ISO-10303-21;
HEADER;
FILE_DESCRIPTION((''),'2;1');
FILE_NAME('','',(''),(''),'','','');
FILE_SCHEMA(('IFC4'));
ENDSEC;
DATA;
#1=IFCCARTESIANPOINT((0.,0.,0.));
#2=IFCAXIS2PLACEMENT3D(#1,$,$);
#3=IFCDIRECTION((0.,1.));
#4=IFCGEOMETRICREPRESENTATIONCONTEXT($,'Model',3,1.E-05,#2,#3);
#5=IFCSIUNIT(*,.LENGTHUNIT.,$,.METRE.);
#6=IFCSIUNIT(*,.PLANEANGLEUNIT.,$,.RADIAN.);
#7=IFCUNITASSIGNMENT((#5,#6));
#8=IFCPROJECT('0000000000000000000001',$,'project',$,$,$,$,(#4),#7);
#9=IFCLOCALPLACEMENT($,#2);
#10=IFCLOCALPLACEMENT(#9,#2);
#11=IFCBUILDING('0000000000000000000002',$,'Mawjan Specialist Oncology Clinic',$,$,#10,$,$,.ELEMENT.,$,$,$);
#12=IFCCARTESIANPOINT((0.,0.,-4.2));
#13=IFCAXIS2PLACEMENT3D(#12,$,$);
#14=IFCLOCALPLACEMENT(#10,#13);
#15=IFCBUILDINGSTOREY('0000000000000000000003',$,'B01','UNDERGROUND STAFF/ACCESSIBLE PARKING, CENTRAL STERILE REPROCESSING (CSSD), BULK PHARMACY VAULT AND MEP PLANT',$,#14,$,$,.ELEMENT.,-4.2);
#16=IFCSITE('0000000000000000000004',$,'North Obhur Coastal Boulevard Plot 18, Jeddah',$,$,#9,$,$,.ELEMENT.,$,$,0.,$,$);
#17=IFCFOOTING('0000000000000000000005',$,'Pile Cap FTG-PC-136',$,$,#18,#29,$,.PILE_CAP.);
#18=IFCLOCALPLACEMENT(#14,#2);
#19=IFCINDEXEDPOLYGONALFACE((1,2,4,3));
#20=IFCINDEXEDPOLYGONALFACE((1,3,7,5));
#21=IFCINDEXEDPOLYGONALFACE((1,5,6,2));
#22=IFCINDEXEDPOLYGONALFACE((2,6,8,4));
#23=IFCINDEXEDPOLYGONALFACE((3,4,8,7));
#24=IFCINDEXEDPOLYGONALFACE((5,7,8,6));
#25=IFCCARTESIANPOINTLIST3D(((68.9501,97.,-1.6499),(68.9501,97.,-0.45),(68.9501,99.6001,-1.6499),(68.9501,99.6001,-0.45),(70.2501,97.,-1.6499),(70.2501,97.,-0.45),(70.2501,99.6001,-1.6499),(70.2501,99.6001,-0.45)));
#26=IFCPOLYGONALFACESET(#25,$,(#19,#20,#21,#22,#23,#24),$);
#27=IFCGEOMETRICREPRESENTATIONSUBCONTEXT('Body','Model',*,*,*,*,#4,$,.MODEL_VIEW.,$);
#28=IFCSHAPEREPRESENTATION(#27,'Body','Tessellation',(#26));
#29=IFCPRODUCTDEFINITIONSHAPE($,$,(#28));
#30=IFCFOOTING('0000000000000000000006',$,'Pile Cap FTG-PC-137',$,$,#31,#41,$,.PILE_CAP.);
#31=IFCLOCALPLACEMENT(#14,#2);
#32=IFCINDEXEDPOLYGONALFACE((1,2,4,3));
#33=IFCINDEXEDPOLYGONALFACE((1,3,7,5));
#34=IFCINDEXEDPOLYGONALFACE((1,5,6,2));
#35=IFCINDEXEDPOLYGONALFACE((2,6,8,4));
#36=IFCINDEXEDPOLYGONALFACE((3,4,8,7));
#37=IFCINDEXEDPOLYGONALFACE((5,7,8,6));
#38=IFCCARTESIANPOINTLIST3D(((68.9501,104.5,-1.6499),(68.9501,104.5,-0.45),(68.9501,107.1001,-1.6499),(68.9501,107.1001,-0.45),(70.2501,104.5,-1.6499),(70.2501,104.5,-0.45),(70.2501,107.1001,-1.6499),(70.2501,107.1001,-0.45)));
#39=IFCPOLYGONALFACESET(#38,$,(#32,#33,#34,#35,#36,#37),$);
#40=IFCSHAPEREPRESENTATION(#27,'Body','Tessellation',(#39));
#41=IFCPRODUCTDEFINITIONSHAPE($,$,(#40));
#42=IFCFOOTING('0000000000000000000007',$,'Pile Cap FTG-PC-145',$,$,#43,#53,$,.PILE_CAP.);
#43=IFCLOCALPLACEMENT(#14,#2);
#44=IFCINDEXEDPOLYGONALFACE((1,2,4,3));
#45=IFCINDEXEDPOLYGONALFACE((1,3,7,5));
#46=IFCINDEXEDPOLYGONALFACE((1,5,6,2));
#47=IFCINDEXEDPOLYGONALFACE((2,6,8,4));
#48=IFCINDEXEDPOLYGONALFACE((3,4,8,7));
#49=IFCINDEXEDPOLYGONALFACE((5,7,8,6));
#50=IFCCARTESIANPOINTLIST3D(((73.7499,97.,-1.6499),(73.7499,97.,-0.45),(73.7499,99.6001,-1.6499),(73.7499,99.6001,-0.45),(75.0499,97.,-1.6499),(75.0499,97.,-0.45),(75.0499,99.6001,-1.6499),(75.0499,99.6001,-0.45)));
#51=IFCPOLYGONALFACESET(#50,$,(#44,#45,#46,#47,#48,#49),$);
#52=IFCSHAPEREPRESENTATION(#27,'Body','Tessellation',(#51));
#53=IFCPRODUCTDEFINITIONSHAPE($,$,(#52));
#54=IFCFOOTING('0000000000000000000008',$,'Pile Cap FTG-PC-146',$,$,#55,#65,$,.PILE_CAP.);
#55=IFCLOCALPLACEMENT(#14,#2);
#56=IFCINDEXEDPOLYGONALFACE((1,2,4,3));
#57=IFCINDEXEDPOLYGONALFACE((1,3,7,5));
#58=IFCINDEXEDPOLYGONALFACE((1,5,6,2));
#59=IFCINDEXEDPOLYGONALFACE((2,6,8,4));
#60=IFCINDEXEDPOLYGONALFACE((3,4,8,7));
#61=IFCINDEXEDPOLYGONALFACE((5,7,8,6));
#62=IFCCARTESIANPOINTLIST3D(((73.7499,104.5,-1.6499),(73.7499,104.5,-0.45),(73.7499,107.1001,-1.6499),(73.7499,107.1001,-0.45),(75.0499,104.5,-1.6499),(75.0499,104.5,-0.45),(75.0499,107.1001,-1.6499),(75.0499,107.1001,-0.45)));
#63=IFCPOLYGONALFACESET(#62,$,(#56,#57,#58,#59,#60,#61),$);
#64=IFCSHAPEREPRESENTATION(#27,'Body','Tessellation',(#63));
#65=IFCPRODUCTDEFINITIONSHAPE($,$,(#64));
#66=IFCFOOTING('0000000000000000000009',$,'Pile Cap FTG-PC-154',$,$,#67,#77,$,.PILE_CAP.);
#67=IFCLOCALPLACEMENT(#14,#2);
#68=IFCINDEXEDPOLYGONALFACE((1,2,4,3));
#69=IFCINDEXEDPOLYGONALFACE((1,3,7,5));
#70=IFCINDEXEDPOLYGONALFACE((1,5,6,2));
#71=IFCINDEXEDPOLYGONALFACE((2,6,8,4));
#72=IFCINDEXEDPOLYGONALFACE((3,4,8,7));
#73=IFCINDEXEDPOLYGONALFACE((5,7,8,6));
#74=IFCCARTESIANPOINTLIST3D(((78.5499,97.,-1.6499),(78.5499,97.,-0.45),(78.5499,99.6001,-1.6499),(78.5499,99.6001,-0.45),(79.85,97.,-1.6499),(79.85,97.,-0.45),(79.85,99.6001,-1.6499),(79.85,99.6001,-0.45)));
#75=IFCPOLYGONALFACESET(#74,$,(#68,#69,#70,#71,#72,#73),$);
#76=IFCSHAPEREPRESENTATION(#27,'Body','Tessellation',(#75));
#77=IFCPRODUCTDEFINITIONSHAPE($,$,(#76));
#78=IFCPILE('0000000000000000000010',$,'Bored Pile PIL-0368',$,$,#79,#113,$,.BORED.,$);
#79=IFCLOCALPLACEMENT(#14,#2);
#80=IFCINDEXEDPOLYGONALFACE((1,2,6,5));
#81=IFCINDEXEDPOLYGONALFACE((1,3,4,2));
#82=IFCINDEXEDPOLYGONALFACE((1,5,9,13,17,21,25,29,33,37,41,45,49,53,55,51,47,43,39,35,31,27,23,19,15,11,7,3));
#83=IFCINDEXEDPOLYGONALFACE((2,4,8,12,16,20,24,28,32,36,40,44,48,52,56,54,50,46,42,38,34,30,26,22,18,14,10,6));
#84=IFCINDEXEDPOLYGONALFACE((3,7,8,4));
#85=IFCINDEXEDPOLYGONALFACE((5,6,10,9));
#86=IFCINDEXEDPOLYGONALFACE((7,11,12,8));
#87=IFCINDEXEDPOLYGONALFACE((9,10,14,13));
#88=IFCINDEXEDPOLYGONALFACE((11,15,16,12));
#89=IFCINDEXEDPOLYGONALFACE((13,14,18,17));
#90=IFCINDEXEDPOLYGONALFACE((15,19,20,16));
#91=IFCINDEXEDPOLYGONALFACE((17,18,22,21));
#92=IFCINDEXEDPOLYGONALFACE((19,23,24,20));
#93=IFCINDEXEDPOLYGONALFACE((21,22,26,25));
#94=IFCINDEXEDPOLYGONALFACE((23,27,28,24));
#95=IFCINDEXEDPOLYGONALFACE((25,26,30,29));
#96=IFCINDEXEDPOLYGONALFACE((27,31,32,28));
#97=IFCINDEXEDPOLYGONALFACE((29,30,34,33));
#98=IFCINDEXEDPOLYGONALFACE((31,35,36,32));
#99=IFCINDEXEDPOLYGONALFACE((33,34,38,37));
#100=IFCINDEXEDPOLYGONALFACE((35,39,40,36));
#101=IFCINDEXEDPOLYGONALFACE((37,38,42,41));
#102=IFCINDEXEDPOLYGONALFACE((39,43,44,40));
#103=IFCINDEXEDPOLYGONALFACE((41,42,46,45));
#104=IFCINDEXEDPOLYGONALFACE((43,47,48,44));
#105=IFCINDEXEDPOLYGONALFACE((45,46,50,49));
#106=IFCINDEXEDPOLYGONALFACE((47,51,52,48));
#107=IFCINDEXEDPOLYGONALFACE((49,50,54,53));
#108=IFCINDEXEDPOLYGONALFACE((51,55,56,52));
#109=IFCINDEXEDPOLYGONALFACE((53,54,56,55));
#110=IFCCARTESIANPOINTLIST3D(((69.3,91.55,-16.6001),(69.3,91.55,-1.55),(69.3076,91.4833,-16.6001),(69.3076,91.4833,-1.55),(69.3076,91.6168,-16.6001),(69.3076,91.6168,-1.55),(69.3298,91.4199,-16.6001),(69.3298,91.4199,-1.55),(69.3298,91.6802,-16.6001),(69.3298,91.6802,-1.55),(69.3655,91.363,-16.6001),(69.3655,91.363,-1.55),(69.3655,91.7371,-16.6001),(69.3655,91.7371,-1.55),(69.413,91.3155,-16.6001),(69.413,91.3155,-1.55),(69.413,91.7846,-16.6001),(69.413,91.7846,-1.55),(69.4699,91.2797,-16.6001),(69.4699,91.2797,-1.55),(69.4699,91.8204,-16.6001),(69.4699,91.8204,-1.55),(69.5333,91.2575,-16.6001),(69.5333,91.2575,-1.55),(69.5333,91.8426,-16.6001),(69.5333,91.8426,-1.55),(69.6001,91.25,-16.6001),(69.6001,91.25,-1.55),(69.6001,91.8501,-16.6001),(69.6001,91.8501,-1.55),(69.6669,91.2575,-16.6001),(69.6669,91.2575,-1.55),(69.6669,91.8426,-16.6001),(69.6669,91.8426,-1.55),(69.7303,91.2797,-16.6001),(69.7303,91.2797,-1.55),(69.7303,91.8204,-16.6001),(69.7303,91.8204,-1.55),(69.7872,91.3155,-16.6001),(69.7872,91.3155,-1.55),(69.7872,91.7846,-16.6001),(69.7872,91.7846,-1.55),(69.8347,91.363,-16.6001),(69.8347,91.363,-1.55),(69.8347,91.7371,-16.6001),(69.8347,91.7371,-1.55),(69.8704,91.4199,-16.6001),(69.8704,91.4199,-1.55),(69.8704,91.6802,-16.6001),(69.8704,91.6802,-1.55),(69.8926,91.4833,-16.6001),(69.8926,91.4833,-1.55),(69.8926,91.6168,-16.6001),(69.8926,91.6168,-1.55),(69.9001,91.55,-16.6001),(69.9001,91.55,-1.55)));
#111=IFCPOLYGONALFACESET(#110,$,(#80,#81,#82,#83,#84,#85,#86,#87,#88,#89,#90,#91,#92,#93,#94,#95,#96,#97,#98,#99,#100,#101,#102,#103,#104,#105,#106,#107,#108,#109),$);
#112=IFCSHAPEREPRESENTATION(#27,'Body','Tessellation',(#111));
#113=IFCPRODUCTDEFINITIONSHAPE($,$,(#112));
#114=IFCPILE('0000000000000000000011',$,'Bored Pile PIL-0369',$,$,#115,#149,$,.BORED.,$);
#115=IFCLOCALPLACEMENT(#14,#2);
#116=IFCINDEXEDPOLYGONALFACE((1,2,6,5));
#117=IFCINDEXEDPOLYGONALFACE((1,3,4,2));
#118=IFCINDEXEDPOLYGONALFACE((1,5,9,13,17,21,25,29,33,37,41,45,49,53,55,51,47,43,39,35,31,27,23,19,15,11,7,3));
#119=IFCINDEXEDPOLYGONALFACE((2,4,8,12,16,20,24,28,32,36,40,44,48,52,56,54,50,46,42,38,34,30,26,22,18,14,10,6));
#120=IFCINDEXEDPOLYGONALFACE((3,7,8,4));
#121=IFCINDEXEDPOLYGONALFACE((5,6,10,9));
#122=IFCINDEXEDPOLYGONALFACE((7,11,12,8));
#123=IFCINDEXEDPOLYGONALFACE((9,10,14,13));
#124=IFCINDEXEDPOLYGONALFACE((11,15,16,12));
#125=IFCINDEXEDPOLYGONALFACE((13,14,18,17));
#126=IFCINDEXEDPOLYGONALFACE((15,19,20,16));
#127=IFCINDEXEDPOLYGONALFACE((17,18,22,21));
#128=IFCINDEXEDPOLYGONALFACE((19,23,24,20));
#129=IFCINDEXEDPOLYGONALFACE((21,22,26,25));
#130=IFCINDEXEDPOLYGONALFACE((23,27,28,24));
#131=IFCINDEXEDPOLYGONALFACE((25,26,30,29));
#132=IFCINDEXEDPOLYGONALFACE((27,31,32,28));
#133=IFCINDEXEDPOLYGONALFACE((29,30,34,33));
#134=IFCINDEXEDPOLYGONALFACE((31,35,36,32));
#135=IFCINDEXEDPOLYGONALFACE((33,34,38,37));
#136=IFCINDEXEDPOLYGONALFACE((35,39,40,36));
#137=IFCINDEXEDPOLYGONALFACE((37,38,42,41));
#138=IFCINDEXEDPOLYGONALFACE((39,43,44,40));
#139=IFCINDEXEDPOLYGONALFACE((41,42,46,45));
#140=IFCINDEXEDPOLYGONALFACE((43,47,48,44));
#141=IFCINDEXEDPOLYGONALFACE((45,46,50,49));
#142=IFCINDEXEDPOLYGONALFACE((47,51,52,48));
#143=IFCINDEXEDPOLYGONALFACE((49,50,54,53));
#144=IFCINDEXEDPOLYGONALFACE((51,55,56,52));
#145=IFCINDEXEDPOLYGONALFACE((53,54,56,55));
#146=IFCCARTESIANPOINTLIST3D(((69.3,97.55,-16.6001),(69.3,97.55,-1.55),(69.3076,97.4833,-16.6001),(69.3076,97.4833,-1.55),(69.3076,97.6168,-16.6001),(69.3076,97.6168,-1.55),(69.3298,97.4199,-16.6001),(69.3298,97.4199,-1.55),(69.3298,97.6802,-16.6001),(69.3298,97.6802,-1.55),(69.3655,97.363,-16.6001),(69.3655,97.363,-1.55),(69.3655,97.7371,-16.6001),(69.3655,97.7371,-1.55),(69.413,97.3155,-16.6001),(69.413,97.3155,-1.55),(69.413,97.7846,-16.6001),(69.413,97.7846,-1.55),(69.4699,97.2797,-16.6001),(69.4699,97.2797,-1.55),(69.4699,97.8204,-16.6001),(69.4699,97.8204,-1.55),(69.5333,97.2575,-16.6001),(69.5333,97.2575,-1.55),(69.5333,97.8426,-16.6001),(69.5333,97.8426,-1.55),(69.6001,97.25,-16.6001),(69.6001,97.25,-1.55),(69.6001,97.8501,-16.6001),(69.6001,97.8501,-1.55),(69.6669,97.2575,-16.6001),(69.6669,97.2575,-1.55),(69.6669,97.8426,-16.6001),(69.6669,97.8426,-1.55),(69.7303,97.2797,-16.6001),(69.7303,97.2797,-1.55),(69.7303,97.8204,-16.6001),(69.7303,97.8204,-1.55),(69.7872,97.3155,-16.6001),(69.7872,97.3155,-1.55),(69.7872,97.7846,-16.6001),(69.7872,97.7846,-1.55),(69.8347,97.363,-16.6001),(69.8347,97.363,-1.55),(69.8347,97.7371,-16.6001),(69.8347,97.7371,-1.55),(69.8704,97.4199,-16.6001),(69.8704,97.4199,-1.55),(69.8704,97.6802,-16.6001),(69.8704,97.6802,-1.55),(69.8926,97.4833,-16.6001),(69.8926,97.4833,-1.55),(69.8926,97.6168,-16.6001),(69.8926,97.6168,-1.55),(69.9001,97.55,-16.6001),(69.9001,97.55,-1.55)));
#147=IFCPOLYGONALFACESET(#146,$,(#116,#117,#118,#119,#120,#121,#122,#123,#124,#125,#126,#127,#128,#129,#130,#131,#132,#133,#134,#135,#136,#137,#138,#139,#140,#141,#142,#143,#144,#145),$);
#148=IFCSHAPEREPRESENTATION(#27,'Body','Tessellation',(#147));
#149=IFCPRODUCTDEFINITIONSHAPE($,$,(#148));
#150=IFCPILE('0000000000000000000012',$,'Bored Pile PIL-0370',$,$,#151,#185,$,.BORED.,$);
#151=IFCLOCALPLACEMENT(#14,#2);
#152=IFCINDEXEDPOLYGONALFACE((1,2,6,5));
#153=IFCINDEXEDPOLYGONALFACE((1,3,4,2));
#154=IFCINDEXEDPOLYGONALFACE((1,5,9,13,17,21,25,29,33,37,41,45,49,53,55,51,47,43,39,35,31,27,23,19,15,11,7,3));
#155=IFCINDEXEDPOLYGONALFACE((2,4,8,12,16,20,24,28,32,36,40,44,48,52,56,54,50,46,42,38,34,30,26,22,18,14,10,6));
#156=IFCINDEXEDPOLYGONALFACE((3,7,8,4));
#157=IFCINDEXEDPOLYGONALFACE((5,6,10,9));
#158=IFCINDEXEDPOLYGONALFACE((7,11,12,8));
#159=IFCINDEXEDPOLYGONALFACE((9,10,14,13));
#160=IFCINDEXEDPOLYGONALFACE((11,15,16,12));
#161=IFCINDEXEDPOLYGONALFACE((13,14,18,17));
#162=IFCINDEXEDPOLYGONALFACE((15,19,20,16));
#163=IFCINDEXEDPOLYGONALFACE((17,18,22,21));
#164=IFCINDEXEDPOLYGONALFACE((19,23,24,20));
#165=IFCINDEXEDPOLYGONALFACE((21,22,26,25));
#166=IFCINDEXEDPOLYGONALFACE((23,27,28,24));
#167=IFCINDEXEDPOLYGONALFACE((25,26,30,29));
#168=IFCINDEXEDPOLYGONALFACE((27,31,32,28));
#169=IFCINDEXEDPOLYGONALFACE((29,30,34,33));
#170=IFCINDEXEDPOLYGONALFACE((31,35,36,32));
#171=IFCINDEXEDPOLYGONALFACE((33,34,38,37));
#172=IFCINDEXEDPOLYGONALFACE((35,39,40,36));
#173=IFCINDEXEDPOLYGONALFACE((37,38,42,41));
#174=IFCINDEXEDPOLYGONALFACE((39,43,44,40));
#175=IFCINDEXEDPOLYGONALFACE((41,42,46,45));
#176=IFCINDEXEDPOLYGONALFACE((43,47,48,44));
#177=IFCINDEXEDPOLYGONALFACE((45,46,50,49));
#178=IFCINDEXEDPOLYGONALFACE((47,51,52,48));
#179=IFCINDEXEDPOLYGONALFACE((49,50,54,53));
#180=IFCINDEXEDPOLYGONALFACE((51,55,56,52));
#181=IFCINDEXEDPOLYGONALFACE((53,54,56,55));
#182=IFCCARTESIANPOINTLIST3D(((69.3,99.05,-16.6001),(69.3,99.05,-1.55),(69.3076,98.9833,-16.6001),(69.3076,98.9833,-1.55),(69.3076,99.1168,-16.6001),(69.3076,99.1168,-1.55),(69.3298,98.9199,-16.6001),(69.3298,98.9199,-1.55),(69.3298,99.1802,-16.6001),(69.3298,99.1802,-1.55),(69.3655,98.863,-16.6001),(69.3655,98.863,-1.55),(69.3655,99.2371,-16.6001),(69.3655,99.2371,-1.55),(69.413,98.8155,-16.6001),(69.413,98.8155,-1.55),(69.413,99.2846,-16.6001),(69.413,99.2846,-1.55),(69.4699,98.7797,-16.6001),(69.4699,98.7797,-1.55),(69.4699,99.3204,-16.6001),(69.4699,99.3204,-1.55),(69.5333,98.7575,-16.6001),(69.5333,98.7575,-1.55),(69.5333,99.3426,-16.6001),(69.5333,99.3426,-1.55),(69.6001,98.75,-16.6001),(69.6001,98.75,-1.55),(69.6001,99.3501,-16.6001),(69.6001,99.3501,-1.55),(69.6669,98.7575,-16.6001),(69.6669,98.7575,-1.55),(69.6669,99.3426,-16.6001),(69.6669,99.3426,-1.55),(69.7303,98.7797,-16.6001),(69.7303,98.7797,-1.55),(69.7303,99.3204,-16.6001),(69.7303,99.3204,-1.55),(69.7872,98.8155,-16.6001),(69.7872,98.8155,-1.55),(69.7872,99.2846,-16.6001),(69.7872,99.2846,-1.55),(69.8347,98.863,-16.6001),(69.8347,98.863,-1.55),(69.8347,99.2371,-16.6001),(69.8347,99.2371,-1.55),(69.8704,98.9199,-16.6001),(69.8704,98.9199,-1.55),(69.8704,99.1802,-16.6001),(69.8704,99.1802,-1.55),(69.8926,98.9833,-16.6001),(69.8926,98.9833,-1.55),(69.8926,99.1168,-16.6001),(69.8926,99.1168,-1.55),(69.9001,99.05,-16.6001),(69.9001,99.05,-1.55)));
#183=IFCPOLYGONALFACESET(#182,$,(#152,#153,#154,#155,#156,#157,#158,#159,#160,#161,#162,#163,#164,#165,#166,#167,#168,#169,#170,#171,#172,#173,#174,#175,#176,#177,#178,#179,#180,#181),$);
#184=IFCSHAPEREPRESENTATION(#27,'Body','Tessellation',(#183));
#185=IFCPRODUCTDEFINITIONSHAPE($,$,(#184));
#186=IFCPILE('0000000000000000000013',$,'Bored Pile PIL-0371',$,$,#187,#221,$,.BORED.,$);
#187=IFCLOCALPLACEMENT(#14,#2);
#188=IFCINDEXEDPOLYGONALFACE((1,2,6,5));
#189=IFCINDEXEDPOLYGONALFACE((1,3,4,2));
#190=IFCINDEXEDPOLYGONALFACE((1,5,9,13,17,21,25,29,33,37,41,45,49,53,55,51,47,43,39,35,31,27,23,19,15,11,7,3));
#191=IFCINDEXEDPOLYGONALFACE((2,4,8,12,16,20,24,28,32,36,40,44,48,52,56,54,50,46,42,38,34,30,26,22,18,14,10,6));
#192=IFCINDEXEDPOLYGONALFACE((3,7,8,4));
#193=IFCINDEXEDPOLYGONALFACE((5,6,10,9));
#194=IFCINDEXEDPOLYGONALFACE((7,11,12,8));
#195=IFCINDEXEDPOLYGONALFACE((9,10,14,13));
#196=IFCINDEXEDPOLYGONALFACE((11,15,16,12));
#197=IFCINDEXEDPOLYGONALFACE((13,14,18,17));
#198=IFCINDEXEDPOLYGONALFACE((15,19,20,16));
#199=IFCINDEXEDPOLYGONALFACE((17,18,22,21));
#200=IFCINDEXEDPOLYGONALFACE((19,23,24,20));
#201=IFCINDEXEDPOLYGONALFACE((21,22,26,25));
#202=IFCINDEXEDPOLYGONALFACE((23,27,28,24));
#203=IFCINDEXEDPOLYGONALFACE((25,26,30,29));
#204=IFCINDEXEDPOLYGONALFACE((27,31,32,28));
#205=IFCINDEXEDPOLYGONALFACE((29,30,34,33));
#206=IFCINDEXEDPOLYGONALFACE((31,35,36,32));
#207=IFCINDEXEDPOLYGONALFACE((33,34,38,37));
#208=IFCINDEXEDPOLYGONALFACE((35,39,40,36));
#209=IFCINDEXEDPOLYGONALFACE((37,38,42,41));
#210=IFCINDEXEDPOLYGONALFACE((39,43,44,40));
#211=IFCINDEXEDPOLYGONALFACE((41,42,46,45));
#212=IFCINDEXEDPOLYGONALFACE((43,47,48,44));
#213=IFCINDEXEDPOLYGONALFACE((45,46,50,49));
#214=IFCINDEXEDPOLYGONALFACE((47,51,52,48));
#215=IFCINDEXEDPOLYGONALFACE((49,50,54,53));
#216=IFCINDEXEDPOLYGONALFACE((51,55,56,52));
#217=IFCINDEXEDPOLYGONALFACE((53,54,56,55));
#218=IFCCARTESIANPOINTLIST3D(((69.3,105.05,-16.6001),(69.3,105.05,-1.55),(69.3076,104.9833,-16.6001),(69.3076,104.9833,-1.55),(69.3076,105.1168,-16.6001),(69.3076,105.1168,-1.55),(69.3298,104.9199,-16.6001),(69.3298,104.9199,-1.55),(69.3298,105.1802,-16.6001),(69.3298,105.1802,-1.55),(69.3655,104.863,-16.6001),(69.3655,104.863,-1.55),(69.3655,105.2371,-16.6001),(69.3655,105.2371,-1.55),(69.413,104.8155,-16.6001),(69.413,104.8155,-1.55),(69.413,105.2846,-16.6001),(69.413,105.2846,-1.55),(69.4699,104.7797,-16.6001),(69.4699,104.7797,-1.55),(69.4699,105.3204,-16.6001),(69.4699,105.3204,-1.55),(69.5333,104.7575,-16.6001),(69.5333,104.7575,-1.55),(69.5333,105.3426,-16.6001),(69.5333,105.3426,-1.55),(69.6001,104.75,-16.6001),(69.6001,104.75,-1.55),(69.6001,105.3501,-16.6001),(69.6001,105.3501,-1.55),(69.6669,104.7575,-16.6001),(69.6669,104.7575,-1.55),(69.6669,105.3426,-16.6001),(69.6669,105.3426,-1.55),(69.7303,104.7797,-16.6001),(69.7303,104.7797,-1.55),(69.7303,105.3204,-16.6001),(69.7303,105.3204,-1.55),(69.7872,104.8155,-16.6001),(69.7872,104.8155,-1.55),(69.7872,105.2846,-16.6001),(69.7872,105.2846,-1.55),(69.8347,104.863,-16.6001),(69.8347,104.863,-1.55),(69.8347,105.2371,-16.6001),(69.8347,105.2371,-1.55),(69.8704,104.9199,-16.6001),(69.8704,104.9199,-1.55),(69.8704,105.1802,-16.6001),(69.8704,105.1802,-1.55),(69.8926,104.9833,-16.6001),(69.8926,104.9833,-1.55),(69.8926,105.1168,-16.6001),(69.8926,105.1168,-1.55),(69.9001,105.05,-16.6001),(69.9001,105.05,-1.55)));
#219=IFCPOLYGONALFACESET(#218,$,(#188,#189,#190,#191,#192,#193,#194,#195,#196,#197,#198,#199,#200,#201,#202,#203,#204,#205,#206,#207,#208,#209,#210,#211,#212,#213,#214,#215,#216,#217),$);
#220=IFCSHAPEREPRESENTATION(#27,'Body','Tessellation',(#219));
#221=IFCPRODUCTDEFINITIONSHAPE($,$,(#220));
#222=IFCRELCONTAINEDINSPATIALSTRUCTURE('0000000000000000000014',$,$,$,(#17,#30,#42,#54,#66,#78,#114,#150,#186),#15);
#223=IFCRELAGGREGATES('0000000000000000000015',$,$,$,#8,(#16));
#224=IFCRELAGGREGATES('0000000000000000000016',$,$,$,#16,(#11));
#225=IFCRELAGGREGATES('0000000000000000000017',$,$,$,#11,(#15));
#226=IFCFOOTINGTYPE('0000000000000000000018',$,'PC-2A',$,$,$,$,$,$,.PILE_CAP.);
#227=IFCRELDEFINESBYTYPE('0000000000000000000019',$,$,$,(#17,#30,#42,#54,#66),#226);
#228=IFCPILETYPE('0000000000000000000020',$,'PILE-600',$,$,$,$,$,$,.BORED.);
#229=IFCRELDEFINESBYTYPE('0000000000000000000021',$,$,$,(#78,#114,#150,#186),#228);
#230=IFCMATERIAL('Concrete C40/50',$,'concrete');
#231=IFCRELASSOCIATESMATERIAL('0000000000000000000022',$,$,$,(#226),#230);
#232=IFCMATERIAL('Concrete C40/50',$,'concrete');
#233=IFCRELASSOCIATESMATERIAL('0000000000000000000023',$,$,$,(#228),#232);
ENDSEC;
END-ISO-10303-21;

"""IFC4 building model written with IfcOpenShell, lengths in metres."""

from ifc_helpers import new_model, si_unit, direction, frame, origin, origin_2d, place, context, subcontext, project, spatial, rectangle, circle, extrude, material, material_profile, profile_set, type_object, element, save


model = new_model("IFC4")

# Units and contexts
model_context = context("Model", 3, precision=1e-05, world=origin(), true_north=direction((0.0, 1.0)))
body_context = subcontext(model_context, "Body", "Model", "MODEL_VIEW")
ifc_project = project(units=[si_unit("LENGTHUNIT", "METRE"), si_unit("PLANEANGLEUNIT", "RADIAN")], contexts=[model_context])

# Site, building, storey
site_placement = place(None, origin())
site = spatial("IfcSite", under=ifc_project, at=site_placement, Name="North Obhur Coastal Boulevard Plot 18, Jeddah", CompositionType="ELEMENT", RefElevation=0.0)
building_placement = place(site_placement, origin())
building = spatial("IfcBuilding", under=site, at=building_placement, Name="Mawjan Specialist Oncology Clinic", CompositionType="ELEMENT")
storey_placement = place(building_placement, frame((0.0, 0.0, -4.2)))
storey = spatial("IfcBuildingStorey", under=building, at=storey_placement, Name="B01", Description="UNDERGROUND STAFF/ACCESSIBLE PARKING, CENTRAL STERILE REPROCESSING (CSSD), BULK PHARMACY VAULT AND MEP PLANT", CompositionType="ELEMENT", Elevation=-4.2)

# Footings
ifc_material_1 = material(Name="Concrete C40/50", Category="concrete")
footing_type_1 = type_object("IfcFootingType", Name="PC-2A", PredefinedType="PILE_CAP", material=ifc_material_1)
for number, where, z_axis, x_axis, name in (
    (1, (69.6001, 98.3, -1.6499), (0.0, 0.0, 1.0), (0.0, 1.0, 0.0), "Pile Cap FTG-PC-136"),
    (2, (69.6001, 105.8, -1.6499), (0.0, 0.0, 1.0), (0.0, 1.0, 0.0), "Pile Cap FTG-PC-137"),
    (3, (74.3999, 98.3, -1.6499), (0.0, 0.0, 1.0), (0.0, 1.0, 0.0), "Pile Cap FTG-PC-145"),
    (4, (74.3999, 105.8, -1.6499), (0.0, 0.0, 1.0), (0.0, 1.0, 0.0), "Pile Cap FTG-PC-146"),
    (5, (79.2, 98.3, -1.6499), (0.0, 0.0, 1.0), (0.0, 1.0, 0.0), "Pile Cap FTG-PC-154"),
):
    element("IfcFooting", number, at=place(storey_placement, frame(where, z_axis=z_axis, x_axis=x_axis)), inside=storey, type_object=footing_type_1, Name=name, PredefinedType="PILE_CAP", context=body_context, shape_type="SweptSolid", body=[
        extrude(rectangle(XDim=2.6001, YDim=1.3, at=origin_2d()), origin(), (0.0, 0.0, 1.0), 1.2),
    ])

# Piles
ifc_material_2 = material(Name="Concrete C40/50", Category="concrete")
ifc_material_profile_1 = material_profile(ifc_material_2, circle(Radius=0.3, at=origin_2d()), Name="BORED PILE D600", Category="concrete")
ifc_profile_set_1 = profile_set([ifc_material_profile_1], Name="Concrete C40/50")
pile_type = type_object("IfcPileType", Name="PILE-600", PredefinedType="BORED", material=ifc_profile_set_1)
for number, where, z_axis, x_axis, name in (
    (6, (69.6001, 91.55, -1.55), (0.0, 0.0, -1.0), (1.0, 0.0, 0.0), "Bored Pile PIL-0368"),
    (7, (69.6001, 97.55, -1.55), (0.0, 0.0, -1.0), (1.0, 0.0, 0.0), "Bored Pile PIL-0369"),
    (8, (69.6001, 99.05, -1.55), (0.0, 0.0, -1.0), (1.0, 0.0, 0.0), "Bored Pile PIL-0370"),
    (9, (69.6001, 105.05, -1.55), (0.0, 0.0, -1.0), (1.0, 0.0, 0.0), "Bored Pile PIL-0371"),
):
    element("IfcPile", number, at=place(storey_placement, frame(where, z_axis=z_axis, x_axis=x_axis)), inside=storey, type_object=pile_type, Name=name, PredefinedType="BORED", context=body_context, shape_type="SweptSolid", body=[
        extrude(circle(Radius=0.3, at=origin_2d()), origin(), (0.0, 0.0, 1.0), 15.05),
    ])

save(model, "model.ifc")
